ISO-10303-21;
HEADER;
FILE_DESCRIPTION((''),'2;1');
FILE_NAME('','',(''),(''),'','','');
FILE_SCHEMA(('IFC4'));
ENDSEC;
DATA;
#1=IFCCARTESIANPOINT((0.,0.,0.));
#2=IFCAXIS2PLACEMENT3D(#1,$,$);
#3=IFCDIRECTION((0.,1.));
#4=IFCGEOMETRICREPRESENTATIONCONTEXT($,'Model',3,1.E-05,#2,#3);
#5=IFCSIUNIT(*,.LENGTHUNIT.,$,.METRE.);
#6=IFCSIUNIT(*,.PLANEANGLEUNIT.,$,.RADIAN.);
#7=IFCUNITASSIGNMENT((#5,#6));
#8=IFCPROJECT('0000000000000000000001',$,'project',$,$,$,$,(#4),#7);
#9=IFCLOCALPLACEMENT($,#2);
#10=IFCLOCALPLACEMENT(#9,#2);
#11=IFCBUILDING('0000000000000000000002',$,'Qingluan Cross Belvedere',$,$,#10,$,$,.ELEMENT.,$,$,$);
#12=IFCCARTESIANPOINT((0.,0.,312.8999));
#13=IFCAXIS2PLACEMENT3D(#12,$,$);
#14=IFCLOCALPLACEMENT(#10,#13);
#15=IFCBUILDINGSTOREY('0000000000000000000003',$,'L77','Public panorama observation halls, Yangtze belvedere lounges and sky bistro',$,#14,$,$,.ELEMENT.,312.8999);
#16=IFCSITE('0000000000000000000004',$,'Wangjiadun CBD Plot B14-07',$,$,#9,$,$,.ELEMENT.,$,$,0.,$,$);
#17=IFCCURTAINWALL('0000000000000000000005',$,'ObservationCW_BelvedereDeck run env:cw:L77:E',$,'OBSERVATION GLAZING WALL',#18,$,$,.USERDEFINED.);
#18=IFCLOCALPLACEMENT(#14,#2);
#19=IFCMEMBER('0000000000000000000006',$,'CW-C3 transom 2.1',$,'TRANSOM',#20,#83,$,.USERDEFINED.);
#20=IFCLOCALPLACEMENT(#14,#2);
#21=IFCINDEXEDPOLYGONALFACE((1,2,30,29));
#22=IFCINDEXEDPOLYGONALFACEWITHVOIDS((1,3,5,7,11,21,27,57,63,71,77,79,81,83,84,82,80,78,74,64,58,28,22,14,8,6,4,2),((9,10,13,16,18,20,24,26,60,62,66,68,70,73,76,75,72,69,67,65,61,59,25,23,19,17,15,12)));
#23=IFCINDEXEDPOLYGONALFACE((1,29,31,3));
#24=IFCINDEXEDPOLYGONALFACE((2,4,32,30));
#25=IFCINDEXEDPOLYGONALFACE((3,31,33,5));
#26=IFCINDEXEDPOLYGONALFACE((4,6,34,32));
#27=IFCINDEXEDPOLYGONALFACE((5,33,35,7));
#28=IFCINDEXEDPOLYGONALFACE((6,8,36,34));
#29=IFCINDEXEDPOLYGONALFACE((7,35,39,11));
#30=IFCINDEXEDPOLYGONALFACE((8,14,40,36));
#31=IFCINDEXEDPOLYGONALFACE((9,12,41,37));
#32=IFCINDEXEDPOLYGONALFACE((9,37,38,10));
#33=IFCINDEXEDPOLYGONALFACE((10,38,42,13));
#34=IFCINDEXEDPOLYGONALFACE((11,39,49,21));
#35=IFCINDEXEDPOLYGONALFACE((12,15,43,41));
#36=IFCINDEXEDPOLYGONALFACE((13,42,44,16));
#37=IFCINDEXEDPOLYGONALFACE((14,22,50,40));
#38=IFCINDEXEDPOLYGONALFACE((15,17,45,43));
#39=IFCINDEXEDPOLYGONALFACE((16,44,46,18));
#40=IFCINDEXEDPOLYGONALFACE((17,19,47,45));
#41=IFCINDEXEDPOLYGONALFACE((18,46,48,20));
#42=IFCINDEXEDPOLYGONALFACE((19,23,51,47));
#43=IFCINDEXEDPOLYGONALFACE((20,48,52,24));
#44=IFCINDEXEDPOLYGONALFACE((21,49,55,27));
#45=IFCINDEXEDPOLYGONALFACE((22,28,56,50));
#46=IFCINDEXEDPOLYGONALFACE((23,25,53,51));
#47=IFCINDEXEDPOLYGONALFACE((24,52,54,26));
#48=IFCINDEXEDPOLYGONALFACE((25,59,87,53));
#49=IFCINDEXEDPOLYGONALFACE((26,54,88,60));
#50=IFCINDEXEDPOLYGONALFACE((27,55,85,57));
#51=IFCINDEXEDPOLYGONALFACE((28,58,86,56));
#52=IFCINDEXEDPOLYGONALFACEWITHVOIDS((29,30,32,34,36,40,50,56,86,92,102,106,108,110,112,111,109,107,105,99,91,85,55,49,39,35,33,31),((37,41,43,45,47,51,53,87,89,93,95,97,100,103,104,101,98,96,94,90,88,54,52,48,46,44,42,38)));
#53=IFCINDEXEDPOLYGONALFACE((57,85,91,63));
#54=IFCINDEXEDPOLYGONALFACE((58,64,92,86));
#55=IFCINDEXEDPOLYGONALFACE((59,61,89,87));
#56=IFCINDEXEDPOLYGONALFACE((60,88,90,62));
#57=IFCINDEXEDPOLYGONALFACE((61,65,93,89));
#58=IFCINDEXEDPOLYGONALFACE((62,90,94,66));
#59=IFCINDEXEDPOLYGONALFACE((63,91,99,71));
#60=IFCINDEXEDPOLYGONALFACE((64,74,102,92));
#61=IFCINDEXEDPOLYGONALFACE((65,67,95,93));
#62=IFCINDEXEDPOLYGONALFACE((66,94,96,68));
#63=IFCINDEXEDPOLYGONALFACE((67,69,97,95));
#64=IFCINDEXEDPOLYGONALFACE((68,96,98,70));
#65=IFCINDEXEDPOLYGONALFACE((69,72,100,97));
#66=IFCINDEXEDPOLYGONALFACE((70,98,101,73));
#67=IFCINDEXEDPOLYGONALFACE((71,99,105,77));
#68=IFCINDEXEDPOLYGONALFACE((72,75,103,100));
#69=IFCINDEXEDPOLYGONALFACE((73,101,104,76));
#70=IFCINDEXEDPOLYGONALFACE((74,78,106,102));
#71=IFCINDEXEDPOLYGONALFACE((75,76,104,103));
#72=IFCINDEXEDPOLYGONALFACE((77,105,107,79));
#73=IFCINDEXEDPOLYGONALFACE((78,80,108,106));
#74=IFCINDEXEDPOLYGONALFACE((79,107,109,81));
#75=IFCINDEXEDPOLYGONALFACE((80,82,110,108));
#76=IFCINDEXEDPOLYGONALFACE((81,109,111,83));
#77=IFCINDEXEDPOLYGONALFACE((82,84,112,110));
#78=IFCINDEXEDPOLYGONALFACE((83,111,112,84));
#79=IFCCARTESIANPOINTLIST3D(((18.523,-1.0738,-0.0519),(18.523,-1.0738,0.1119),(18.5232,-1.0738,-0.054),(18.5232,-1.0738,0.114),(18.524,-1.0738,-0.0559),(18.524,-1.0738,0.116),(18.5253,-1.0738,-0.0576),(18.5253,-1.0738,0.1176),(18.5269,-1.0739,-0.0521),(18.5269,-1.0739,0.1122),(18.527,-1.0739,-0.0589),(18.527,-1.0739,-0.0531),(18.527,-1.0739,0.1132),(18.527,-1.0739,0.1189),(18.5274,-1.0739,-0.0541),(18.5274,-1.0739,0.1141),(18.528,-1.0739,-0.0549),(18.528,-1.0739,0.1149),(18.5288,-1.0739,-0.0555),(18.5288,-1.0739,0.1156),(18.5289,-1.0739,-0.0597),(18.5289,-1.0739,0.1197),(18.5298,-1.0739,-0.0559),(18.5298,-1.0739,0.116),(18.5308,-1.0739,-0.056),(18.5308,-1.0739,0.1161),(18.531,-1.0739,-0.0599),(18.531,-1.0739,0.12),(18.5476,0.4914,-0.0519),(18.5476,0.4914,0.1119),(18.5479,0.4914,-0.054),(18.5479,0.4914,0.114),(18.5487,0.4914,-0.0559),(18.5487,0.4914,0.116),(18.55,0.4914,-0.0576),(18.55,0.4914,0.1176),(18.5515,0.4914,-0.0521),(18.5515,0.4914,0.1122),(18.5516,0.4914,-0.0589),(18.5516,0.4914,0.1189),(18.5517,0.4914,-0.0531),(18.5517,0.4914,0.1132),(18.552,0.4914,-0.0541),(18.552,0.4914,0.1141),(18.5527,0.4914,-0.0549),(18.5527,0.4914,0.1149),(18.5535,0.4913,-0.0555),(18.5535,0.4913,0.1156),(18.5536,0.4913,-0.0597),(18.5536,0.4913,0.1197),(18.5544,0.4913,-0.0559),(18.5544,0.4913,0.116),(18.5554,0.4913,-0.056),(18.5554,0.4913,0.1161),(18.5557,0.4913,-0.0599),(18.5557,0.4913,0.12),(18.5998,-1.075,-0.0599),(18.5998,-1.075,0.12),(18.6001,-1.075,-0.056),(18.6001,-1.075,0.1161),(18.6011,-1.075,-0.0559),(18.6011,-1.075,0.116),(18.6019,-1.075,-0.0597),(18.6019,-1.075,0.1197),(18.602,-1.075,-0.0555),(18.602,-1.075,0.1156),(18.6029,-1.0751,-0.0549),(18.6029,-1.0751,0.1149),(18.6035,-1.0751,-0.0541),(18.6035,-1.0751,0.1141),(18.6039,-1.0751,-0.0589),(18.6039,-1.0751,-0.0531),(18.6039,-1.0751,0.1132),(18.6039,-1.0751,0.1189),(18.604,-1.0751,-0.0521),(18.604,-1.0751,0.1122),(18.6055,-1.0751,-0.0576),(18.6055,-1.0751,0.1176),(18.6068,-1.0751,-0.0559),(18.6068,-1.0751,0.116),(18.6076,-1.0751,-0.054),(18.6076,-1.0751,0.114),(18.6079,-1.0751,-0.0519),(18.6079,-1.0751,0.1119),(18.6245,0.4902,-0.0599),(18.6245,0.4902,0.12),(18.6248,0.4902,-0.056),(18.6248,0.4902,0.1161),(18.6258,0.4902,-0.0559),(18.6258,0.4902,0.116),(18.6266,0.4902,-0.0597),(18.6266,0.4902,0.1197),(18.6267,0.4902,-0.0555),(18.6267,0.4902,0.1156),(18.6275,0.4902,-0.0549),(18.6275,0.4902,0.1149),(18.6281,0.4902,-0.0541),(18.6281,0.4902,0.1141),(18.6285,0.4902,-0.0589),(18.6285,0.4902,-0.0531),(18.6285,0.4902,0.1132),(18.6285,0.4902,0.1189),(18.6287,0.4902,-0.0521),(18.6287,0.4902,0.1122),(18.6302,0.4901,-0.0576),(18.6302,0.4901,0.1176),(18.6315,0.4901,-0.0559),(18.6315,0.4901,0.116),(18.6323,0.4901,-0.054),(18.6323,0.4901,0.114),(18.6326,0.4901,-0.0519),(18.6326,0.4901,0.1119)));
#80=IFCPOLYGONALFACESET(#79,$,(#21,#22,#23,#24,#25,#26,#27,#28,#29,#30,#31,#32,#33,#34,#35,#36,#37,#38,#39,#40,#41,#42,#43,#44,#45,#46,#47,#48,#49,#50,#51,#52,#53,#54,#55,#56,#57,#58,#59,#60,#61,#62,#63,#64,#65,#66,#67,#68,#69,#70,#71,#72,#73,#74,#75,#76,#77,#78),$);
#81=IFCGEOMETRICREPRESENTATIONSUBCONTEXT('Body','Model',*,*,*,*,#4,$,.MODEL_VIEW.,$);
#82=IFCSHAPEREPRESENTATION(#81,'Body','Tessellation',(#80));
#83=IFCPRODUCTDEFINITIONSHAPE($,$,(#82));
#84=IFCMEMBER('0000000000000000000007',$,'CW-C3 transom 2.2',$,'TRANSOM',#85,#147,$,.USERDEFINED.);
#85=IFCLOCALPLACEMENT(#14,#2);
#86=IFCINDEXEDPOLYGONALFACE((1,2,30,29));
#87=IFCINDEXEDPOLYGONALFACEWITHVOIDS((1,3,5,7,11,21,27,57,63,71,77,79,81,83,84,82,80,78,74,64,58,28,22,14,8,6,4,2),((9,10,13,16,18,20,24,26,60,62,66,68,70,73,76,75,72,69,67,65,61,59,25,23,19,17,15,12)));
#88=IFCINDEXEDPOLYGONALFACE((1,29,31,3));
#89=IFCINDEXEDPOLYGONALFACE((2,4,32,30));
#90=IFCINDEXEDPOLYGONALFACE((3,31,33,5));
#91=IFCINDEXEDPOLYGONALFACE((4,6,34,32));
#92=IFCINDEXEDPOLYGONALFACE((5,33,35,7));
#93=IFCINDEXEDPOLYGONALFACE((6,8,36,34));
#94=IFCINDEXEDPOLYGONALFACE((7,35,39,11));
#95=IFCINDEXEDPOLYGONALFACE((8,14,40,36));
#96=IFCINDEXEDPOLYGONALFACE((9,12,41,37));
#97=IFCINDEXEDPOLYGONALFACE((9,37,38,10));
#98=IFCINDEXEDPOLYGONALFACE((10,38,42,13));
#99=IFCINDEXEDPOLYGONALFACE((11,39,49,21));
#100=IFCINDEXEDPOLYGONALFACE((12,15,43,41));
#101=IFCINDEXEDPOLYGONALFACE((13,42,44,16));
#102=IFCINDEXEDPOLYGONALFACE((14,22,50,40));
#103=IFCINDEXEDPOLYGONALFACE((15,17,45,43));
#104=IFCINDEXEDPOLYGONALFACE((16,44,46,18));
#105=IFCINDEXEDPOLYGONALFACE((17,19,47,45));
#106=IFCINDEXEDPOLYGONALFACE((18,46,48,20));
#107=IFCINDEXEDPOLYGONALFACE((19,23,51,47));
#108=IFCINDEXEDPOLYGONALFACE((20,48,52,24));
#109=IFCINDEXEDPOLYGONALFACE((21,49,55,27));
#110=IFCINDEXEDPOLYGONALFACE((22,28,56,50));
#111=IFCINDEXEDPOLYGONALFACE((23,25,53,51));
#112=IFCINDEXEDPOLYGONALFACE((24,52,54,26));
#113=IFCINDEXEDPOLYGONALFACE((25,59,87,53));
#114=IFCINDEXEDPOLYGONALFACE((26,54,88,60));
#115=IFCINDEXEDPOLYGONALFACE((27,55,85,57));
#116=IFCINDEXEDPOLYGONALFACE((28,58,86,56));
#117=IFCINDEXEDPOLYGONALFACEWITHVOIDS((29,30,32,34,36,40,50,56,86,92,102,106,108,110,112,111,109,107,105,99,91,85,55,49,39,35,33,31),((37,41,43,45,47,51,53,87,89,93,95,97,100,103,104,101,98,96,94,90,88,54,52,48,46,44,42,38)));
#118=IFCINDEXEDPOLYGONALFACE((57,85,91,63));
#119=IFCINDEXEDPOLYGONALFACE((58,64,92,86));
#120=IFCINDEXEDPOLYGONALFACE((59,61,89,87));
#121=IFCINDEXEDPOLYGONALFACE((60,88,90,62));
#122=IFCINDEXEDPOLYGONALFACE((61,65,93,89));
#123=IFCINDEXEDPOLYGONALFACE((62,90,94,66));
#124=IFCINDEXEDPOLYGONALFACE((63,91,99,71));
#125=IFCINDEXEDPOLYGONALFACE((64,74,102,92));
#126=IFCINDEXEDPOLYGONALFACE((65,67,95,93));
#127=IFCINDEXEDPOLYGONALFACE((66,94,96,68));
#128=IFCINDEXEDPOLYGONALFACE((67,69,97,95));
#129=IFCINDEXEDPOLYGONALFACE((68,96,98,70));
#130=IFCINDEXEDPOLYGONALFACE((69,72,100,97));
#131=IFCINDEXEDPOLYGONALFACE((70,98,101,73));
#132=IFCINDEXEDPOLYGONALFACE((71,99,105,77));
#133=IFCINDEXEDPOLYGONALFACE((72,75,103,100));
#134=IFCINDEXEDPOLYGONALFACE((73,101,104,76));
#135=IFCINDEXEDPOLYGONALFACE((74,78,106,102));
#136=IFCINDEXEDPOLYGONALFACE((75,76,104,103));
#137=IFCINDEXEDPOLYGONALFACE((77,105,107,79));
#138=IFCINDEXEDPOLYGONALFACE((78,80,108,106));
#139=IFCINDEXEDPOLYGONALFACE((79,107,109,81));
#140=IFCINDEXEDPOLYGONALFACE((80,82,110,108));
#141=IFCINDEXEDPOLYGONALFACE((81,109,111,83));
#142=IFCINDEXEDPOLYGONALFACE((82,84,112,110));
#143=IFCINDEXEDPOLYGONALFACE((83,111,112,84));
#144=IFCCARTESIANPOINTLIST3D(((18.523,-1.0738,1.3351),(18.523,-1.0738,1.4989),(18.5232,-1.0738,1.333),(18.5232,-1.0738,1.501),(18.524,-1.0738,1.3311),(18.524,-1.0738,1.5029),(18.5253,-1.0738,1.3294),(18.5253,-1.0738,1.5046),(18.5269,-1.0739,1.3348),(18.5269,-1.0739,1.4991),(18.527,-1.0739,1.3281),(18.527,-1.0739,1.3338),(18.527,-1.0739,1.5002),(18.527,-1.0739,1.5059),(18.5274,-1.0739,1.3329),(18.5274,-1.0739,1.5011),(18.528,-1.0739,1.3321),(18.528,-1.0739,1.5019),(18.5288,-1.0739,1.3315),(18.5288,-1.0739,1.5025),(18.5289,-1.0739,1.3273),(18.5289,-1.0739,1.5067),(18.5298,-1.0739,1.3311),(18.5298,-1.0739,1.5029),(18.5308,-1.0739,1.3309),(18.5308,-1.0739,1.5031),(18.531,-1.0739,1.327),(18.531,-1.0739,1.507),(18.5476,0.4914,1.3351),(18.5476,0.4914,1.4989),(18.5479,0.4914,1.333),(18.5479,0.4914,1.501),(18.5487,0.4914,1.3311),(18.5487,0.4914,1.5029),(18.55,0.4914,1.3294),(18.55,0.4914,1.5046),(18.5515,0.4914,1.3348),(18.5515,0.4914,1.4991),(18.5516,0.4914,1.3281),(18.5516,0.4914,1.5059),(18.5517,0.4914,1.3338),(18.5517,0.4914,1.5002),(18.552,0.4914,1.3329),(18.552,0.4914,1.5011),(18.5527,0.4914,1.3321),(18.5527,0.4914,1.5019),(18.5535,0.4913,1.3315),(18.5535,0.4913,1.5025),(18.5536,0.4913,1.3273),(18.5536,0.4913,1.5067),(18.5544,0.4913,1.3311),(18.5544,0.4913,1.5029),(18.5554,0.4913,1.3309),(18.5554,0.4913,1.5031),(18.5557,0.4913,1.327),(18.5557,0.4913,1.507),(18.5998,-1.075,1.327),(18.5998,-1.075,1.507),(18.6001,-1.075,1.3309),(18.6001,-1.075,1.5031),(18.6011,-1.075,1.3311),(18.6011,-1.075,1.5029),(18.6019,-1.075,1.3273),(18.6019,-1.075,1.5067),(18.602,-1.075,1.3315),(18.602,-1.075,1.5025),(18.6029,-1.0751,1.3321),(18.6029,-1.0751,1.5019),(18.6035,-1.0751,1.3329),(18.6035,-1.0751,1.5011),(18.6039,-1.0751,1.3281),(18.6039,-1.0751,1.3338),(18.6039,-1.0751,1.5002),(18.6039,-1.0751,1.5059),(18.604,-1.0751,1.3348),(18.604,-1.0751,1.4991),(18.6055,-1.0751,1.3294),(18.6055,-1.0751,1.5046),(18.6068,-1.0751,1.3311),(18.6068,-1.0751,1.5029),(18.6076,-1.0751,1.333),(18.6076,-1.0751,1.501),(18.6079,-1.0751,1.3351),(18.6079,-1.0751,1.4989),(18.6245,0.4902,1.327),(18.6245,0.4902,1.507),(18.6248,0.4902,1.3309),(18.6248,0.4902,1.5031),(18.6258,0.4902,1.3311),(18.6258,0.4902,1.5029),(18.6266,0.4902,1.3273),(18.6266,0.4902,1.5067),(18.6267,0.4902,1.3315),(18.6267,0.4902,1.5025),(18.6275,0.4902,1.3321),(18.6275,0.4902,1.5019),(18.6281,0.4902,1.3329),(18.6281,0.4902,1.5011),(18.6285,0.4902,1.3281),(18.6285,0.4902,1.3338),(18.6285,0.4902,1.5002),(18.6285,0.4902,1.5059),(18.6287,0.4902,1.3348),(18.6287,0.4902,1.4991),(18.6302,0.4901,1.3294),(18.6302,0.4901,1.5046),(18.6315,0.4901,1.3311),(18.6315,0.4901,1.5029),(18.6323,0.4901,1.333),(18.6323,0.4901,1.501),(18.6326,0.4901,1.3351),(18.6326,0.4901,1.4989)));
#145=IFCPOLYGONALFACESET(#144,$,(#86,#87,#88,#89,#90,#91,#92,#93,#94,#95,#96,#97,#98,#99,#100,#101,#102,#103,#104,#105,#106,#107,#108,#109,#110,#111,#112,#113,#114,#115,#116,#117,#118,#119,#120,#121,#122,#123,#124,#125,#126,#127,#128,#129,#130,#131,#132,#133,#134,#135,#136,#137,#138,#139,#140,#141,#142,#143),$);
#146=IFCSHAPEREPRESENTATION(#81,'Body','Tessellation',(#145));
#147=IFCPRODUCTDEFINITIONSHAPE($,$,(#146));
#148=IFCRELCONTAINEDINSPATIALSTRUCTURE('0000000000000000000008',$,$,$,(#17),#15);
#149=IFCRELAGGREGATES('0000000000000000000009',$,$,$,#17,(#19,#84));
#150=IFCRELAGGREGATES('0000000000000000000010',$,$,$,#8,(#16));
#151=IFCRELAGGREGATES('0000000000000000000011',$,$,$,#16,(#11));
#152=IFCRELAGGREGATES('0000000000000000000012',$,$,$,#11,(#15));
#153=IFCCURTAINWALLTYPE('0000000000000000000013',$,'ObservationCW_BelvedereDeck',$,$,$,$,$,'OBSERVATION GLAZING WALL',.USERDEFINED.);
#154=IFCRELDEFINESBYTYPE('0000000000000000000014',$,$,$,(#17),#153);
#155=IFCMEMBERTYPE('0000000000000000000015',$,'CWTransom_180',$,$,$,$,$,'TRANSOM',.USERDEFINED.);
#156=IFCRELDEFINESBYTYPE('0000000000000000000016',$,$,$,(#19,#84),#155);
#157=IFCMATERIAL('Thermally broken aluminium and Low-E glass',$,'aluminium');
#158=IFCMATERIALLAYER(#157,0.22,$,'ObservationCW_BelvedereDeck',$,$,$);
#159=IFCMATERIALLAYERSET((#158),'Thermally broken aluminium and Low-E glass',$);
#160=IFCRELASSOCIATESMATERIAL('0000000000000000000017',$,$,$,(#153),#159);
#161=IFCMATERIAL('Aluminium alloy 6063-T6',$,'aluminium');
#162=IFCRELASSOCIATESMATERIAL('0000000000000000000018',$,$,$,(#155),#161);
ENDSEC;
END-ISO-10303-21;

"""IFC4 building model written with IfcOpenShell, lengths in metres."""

from ifc_helpers import new_model, si_unit, direction, frame, origin, origin_2d, place, context, subcontext, project, spatial, hollow_rectangle, extrude, material, layer, layer_set, material_profile, profile_set, type_object, element, aggregate, save


model = new_model("IFC4")

# Units and contexts
model_context = context("Model", 3, precision=1e-05, world=origin(), true_north=direction((0.0, 1.0)))
body_context = subcontext(model_context, "Body", "Model", "MODEL_VIEW")
ifc_project = project(units=[si_unit("LENGTHUNIT", "METRE"), si_unit("PLANEANGLEUNIT", "RADIAN")], contexts=[model_context])

# Site, building, storey
site_placement = place(None, origin())
site = spatial("IfcSite", under=ifc_project, at=site_placement, Name="Wangjiadun CBD Plot B14-07", CompositionType="ELEMENT", RefElevation=0.0)
building_placement = place(site_placement, origin())
building = spatial("IfcBuilding", under=site, at=building_placement, Name="Qingluan Cross Belvedere", CompositionType="ELEMENT")
storey_placement = place(building_placement, frame((0.0, 0.0, 312.8999)))
storey = spatial("IfcBuildingStorey", under=building, at=storey_placement, Name="L77", Description="Public panorama observation halls, Yangtze belvedere lounges and sky bistro", CompositionType="ELEMENT", Elevation=312.8999)

# Curtain wall, members
ifc_material_1 = material(Name="Thermally broken aluminium and Low-E glass", Category="aluminium")
ifc_layer_1 = layer(ifc_material_1, 0.22, Name="ObservationCW_BelvedereDeck")
ifc_layer_set_1 = layer_set([ifc_layer_1], Name="Thermally broken aluminium and Low-E glass")
curtain_wall_type = type_object("IfcCurtainWallType", Name="ObservationCW_BelvedereDeck", ElementType="OBSERVATION GLAZING WALL", PredefinedType="USERDEFINED", material=ifc_layer_set_1)
curtain_wall_placement = place(storey_placement, origin())
curtain_wall = element("IfcCurtainWall", 1, at=curtain_wall_placement, inside=storey, type_object=curtain_wall_type, Name="ObservationCW_BelvedereDeck run env:cw:L77:E", ObjectType="OBSERVATION GLAZING WALL", PredefinedType="USERDEFINED")
ifc_material_2 = material(Name="Aluminium alloy 6063-T6", Category="aluminium")
ifc_material_profile_1 = material_profile(ifc_material_2, hollow_rectangle(XDim=0.085, YDim=0.1799, WallThickness=0.0039, InnerFilletRadius=0.0039, OuterFilletRadius=0.0081, at=origin_2d()), Name="CWT180x85x4")
ifc_profile_set_1 = profile_set([ifc_material_profile_1], Name="Aluminium alloy 6063-T6")
member_type_1 = type_object("IfcMemberType", Name="CWTransom_180", ElementType="TRANSOM", PredefinedType="USERDEFINED", material=ifc_profile_set_1)
member_1_placement = place(storey_placement, frame((18.5654, -1.0745, 0.03), z_axis=(0.015752, 0.999876, 0.0), x_axis=(-0.999876, 0.015752, 0.0)))
member_1 = element("IfcMember", 2, at=member_1_placement, type_object=member_type_1, Name="CW-C3 transom 2.1", ObjectType="TRANSOM", PredefinedType="USERDEFINED", context=body_context, shape_type="SweptSolid", body=[
    extrude(hollow_rectangle(XDim=0.085, YDim=0.1799, WallThickness=0.0039, InnerFilletRadius=0.0039, OuterFilletRadius=0.0081, at=origin_2d()), origin(), (0.0, 0.0, 1.0), 1.5654),
])
member_2_placement = place(storey_placement, frame((18.5654, -1.0745, 1.417), z_axis=(0.015752, 0.999876, 0.0), x_axis=(-0.999876, 0.015752, 0.0)))
member_2 = element("IfcMember", 3, at=member_2_placement, type_object=member_type_1, Name="CW-C3 transom 2.2", ObjectType="TRANSOM", PredefinedType="USERDEFINED", context=body_context, shape_type="SweptSolid", body=[
    extrude(hollow_rectangle(XDim=0.085, YDim=0.1799, WallThickness=0.0039, InnerFilletRadius=0.0039, OuterFilletRadius=0.0081, at=origin_2d()), origin(), (0.0, 0.0, 1.0), 1.5654),
])
aggregate(curtain_wall, [member_1, member_2])

save(model, "model.ifc")
